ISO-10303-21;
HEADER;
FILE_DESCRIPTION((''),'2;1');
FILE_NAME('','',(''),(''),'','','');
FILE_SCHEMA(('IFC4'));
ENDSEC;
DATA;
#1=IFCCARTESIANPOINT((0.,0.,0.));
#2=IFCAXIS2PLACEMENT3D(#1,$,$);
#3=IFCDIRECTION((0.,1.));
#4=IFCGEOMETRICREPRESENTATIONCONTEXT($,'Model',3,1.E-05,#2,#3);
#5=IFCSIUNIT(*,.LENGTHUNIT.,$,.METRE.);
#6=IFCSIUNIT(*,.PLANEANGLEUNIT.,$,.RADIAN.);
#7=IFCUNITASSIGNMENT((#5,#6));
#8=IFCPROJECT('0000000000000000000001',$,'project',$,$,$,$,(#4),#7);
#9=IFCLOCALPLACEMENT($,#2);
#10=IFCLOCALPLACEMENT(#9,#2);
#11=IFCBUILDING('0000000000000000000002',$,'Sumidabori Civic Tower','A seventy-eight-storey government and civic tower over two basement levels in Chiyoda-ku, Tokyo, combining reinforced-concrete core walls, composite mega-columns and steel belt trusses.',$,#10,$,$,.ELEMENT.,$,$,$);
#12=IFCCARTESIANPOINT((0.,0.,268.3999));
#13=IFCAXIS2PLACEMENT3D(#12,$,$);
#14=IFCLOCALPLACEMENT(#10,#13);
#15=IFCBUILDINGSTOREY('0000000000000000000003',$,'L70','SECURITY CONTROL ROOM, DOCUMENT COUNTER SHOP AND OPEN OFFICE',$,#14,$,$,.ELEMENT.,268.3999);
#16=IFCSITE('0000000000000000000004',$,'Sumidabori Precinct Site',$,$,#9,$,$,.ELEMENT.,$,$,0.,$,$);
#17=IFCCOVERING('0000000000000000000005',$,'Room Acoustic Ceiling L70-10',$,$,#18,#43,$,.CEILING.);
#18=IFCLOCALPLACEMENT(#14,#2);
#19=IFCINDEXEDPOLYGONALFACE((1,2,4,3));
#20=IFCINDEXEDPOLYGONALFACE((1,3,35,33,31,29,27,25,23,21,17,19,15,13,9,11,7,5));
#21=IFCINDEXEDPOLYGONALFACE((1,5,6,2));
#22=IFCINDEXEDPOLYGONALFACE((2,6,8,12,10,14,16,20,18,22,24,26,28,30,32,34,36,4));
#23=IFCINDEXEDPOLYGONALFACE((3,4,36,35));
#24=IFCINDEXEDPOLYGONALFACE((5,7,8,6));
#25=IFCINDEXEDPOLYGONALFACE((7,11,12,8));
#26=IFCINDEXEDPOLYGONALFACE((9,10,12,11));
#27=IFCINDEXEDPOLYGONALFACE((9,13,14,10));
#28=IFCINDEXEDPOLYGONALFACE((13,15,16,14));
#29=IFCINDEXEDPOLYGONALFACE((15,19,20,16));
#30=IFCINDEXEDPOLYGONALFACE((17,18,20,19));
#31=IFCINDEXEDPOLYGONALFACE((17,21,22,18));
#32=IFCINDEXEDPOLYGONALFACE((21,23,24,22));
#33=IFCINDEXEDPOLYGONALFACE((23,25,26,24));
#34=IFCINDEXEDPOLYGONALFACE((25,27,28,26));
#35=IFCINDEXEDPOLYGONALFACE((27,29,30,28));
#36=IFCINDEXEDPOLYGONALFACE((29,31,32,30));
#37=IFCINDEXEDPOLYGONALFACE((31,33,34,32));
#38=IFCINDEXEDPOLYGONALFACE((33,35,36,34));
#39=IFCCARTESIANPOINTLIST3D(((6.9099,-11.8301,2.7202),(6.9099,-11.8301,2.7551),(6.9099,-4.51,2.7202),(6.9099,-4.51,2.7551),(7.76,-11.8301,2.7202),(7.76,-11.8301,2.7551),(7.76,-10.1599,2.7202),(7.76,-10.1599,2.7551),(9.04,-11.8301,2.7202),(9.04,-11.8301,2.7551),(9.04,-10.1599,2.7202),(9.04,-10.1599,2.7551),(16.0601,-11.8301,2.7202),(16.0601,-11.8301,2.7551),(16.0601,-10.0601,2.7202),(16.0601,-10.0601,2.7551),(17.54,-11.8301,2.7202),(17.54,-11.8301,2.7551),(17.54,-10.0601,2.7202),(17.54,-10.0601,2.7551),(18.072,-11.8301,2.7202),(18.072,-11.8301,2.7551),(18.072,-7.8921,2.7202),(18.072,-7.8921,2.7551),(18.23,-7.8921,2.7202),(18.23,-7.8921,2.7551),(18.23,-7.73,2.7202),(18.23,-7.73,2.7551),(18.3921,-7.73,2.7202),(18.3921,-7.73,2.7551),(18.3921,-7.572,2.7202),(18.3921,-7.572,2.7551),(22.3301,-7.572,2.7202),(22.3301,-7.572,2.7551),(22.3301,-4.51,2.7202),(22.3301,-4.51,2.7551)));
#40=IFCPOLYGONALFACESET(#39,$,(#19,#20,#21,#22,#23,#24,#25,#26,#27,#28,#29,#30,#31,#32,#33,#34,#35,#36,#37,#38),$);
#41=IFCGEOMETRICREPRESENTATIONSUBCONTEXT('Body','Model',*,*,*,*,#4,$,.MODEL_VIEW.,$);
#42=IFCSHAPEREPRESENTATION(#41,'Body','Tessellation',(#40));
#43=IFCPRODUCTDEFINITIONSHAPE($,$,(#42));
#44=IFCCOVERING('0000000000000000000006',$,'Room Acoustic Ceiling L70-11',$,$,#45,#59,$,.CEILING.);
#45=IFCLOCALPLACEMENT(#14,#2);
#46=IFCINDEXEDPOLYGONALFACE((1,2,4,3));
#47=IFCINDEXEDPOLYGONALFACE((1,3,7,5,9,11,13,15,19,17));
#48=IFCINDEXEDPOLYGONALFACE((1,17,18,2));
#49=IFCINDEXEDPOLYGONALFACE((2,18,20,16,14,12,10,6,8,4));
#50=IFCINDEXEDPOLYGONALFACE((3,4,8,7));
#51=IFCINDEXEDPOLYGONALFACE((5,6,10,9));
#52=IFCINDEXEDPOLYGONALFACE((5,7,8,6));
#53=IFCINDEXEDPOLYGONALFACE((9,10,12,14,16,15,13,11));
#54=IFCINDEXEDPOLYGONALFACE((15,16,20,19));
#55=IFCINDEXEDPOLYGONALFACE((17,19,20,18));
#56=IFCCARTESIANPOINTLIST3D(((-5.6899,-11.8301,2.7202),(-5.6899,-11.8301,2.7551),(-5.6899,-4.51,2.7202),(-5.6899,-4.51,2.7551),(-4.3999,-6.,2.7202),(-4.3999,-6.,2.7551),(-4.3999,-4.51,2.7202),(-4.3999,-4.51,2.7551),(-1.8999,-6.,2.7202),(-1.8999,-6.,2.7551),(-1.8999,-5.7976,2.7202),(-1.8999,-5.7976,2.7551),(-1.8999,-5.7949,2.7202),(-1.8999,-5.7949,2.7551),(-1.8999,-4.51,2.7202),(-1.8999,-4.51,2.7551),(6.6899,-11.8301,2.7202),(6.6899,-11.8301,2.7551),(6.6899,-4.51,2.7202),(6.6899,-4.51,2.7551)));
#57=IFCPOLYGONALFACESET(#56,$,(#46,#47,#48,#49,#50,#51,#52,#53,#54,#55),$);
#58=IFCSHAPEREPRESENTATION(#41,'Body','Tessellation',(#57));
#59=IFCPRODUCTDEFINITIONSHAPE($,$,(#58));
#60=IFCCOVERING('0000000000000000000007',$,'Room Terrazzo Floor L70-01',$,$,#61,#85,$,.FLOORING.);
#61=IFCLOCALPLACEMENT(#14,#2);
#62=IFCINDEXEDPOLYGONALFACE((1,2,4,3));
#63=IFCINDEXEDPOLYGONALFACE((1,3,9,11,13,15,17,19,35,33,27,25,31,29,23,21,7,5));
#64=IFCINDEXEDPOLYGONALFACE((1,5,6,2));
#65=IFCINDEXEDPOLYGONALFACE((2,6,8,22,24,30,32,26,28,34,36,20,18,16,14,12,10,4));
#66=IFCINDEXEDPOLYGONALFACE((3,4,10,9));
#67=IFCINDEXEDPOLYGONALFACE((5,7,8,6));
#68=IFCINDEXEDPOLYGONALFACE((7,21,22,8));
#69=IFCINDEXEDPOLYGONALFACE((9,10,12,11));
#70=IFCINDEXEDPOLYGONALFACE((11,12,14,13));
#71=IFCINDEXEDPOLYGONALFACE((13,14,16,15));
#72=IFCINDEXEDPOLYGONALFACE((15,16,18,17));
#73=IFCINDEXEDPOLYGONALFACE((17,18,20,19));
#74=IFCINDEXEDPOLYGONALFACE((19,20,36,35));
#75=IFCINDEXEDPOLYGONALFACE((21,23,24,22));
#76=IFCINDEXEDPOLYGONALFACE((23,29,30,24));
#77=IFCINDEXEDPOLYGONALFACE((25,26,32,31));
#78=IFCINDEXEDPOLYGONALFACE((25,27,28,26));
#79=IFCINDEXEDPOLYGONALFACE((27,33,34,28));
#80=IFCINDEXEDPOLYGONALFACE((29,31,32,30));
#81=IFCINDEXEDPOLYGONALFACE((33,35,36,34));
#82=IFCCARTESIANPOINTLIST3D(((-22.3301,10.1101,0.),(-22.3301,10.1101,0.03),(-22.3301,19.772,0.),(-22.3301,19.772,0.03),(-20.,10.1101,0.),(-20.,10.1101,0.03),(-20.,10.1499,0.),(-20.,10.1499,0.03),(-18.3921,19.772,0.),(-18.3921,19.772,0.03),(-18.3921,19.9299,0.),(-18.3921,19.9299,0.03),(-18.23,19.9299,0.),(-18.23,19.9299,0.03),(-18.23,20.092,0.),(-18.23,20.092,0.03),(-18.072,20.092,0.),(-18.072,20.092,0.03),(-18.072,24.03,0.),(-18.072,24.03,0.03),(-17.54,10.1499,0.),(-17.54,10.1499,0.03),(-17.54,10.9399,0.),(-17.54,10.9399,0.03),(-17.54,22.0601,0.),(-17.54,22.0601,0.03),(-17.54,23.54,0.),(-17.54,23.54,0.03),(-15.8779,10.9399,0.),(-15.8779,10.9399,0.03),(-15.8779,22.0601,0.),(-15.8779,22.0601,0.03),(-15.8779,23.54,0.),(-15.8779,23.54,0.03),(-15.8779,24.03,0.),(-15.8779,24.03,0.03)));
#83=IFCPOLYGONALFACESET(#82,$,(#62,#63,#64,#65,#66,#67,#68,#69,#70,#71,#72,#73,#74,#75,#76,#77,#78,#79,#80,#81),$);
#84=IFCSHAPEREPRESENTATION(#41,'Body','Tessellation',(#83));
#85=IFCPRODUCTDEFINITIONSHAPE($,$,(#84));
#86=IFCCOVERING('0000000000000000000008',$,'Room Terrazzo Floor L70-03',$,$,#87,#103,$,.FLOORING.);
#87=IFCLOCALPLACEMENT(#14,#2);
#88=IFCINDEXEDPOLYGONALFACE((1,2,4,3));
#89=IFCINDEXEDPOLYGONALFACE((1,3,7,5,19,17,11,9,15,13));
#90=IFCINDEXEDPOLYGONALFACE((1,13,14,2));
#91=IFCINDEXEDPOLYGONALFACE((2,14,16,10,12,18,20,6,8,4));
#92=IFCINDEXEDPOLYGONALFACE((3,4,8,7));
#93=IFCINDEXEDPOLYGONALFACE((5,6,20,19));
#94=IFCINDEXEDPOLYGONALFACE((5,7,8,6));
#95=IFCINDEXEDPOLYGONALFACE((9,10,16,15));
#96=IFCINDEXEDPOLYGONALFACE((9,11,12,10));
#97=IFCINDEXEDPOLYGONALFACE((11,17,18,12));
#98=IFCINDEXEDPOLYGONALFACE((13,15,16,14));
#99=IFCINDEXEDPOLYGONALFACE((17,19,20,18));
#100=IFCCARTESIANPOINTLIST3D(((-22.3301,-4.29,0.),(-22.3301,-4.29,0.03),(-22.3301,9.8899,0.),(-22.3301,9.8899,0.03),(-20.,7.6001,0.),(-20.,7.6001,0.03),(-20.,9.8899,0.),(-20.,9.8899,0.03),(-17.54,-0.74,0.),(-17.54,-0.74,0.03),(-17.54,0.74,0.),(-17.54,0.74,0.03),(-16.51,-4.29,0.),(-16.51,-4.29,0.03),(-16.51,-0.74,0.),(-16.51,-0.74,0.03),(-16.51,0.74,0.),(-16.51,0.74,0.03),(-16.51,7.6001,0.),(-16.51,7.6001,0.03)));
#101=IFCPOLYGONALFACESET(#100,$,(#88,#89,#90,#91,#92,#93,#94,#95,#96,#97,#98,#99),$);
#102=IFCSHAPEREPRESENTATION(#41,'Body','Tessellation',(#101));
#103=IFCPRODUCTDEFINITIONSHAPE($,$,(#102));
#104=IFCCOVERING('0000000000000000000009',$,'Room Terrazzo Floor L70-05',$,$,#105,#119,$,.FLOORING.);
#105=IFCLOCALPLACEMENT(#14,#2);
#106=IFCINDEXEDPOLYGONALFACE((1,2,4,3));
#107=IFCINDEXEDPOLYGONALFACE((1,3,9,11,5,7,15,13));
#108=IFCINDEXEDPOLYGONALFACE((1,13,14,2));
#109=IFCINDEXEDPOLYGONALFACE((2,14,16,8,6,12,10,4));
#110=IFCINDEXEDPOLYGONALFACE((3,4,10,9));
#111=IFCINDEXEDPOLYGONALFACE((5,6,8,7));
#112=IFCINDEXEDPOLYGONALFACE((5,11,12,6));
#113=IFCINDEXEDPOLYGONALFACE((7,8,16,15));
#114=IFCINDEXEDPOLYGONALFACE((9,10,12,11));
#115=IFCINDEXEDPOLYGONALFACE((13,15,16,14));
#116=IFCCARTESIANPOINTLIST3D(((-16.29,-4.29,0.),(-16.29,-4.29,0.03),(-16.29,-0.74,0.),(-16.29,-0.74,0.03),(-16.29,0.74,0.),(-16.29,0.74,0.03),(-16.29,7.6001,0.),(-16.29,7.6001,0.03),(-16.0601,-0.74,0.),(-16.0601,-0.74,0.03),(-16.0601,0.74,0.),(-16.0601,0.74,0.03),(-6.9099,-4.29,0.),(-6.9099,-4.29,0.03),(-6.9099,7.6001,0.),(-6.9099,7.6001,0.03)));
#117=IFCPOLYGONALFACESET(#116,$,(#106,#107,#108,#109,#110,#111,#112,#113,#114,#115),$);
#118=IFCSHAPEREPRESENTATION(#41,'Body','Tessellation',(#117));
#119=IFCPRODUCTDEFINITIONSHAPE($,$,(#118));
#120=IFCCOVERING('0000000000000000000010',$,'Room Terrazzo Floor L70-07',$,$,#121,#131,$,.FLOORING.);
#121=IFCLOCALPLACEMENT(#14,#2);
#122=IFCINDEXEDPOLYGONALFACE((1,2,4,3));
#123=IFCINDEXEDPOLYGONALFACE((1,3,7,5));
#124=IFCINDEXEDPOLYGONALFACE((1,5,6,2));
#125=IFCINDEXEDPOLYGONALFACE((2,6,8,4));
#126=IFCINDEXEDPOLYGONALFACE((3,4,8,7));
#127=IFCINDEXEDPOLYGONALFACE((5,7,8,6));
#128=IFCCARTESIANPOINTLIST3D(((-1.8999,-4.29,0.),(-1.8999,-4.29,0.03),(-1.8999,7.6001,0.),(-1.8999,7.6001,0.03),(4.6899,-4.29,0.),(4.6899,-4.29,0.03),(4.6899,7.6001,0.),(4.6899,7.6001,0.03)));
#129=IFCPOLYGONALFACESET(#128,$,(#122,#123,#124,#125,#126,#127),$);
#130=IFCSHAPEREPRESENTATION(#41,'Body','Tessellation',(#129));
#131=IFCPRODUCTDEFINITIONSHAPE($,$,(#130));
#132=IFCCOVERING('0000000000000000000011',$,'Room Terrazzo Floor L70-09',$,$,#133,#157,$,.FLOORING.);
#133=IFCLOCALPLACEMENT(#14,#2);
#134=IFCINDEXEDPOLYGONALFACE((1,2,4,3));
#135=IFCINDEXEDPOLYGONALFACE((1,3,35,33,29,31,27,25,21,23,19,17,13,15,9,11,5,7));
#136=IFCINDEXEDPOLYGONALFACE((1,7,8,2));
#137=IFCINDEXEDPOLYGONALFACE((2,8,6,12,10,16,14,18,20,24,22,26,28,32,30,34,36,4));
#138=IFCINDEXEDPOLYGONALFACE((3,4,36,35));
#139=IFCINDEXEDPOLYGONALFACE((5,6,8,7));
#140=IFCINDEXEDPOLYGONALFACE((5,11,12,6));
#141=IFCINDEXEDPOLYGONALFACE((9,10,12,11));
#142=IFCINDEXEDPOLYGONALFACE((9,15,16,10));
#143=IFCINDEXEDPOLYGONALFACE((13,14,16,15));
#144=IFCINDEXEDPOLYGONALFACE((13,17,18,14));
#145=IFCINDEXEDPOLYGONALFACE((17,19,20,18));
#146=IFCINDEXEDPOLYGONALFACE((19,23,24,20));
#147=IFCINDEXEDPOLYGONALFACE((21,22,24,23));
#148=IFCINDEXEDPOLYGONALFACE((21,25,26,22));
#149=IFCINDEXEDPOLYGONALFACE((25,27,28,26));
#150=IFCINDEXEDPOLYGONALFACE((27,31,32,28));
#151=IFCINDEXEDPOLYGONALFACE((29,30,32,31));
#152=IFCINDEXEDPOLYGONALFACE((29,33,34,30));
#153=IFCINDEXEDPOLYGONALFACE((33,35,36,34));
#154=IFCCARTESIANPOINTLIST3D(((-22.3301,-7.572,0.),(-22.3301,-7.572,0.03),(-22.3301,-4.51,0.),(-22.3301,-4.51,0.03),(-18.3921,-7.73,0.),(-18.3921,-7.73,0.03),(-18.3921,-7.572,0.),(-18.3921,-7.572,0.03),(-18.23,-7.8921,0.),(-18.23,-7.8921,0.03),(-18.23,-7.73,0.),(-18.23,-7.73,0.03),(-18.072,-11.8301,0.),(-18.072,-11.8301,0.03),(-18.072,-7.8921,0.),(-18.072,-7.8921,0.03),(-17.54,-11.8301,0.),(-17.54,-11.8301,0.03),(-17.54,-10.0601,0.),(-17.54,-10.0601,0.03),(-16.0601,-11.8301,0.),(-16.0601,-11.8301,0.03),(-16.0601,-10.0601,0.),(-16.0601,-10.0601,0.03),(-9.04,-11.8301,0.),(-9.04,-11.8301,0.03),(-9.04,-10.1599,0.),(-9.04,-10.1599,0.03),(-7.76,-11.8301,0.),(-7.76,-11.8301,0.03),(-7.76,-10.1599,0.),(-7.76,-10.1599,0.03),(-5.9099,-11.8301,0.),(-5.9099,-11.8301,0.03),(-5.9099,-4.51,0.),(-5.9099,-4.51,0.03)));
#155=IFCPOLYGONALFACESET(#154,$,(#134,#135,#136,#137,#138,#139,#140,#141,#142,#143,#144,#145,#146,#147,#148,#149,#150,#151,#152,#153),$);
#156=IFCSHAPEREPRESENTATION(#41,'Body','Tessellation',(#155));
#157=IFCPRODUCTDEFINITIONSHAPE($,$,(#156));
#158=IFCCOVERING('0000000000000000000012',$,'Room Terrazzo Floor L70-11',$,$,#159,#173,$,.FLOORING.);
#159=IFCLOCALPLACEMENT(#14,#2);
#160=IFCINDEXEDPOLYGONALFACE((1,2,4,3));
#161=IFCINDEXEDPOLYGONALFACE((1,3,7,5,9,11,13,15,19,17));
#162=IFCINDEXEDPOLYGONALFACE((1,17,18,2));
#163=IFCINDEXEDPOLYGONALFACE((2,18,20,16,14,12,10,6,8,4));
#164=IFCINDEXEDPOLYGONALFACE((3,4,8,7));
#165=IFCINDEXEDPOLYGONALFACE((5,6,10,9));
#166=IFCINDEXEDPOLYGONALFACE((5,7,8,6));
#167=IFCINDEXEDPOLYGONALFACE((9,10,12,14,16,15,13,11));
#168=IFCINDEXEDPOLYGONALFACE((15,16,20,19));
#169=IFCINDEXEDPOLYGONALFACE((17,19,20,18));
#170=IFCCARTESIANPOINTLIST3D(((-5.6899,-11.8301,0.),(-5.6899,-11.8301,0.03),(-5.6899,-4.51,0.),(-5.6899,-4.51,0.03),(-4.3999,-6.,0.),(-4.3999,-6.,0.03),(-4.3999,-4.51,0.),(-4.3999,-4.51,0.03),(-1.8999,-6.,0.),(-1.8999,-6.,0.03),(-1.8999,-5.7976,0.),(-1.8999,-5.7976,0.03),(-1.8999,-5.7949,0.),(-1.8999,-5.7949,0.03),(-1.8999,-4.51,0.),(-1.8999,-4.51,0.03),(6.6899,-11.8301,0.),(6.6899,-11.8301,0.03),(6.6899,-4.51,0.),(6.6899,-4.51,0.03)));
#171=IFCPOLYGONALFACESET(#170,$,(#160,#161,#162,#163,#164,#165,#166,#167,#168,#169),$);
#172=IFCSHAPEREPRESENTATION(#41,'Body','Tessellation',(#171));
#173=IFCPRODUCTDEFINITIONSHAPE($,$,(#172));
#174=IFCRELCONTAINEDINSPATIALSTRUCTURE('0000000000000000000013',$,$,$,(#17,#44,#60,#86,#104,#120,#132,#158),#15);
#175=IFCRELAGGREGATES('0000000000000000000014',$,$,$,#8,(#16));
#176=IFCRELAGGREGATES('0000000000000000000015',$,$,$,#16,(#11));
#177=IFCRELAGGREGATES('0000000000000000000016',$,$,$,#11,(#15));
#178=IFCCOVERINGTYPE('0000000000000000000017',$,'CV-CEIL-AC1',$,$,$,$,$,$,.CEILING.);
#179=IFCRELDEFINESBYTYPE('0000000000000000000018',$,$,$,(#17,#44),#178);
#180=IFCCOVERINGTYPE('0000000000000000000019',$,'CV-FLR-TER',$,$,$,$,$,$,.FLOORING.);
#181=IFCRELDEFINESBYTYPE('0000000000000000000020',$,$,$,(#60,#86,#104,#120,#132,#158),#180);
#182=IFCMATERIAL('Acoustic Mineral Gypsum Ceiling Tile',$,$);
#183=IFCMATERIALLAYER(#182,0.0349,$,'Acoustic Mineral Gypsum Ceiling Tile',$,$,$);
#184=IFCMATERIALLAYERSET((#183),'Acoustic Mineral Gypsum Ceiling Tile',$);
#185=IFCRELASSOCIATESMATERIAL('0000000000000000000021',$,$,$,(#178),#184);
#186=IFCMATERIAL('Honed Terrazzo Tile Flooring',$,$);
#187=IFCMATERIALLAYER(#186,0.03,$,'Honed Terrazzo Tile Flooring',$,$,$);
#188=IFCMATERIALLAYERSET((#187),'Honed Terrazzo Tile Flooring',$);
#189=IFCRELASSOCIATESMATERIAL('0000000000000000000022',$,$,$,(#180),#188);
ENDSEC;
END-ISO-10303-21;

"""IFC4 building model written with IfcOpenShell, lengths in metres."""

from ifc_helpers import new_model, si_unit, direction, frame, origin, place, context, subcontext, project, spatial, polyline, outline, extrude, material, layer, layer_set, type_object, element, save


model = new_model("IFC4")

# Units and contexts
model_context = context("Model", 3, precision=1e-05, world=origin(), true_north=direction((0.0, 1.0)))
body_context = subcontext(model_context, "Body", "Model", "MODEL_VIEW")
ifc_project = project(units=[si_unit("LENGTHUNIT", "METRE"), si_unit("PLANEANGLEUNIT", "RADIAN")], contexts=[model_context])

# Site, building, storey
site_placement = place(None, origin())
site = spatial("IfcSite", under=ifc_project, at=site_placement, Name="Sumidabori Precinct Site", CompositionType="ELEMENT", RefElevation=0.0)
building_placement = place(site_placement, origin())
building = spatial("IfcBuilding", under=site, at=building_placement, Name="Sumidabori Civic Tower", Description="A seventy-eight-storey government and civic tower over two basement levels in Chiyoda-ku, Tokyo, combining reinforced-concrete core walls, composite mega-columns and steel belt trusses.", CompositionType="ELEMENT")
storey_placement = place(building_placement, frame((0.0, 0.0, 268.3999)))
storey = spatial("IfcBuildingStorey", under=building, at=storey_placement, Name="L70", Description="SECURITY CONTROL ROOM, DOCUMENT COUNTER SHOP AND OPEN OFFICE", CompositionType="ELEMENT", Elevation=268.3999)

# Coverings
ifc_material_1 = material(Name="Acoustic Mineral Gypsum Ceiling Tile")
ifc_layer_1 = layer(ifc_material_1, 0.0349, Name="Acoustic Mineral Gypsum Ceiling Tile")
ifc_layer_set_1 = layer_set([ifc_layer_1], Name="Acoustic Mineral Gypsum Ceiling Tile")
covering_type_1 = type_object("IfcCoveringType", Name="CV-CEIL-AC1", PredefinedType="CEILING", material=ifc_layer_set_1)
covering_1_placement = place(storey_placement, frame((0.0, 0.0, 2.7202)))
element("IfcCovering", 1, at=covering_1_placement, inside=storey, type_object=covering_type_1, Name="Room Acoustic Ceiling L70-10", PredefinedType="CEILING", context=body_context, shape_type="SweptSolid", body=[
    extrude(outline(polyline([(22.3301, -4.51), (22.3301, -7.572), (18.3921, -7.572), (18.3921, -7.73), (18.23, -7.73), (18.23, -7.8921), (18.072, -7.8921), (18.072, -11.8301), (17.54, -11.8301), (17.54, -10.0601), (16.0601, -10.0601), (16.0601, -11.8301), (9.04, -11.8301), (9.04, -10.1599), (7.76, -10.1599), (7.76, -11.8301), (6.9099, -11.8301), (6.9099, -4.51), (22.3301, -4.51)])), origin(), (0.0, 0.0, 1.0), 0.0349),
])
covering_2_placement = place(storey_placement, frame((0.0, 0.0, 2.7202)))
element("IfcCovering", 2, at=covering_2_placement, inside=storey, type_object=covering_type_1, Name="Room Acoustic Ceiling L70-11", PredefinedType="CEILING", context=body_context, shape_type="SweptSolid", body=[
    extrude(outline(polyline([(-4.3999, -6.0), (-1.8999, -6.0), (-1.8999, -5.7976), (-1.8999, -5.7949), (-1.8999, -4.51), (6.6899, -4.51), (6.6899, -11.8301), (-5.6899, -11.8301), (-5.6899, -4.51), (-4.3999, -4.51), (-4.3999, -6.0)])), origin(), (0.0, 0.0, 1.0), 0.0349),
])
ifc_material_2 = material(Name="Honed Terrazzo Tile Flooring")
ifc_layer_2 = layer(ifc_material_2, 0.03, Name="Honed Terrazzo Tile Flooring")
ifc_layer_set_2 = layer_set([ifc_layer_2], Name="Honed Terrazzo Tile Flooring")
covering_type_2 = type_object("IfcCoveringType", Name="CV-FLR-TER", PredefinedType="FLOORING", material=ifc_layer_set_2)
covering_3_placement = place(storey_placement, origin())
element("IfcCovering", 3, at=covering_3_placement, inside=storey, type_object=covering_type_2, Name="Room Terrazzo Floor L70-01", PredefinedType="FLOORING", context=body_context, shape_type="SweptSolid", body=[
    extrude(outline(polyline([(-22.3301, 10.1101), (-22.3301, 19.772), (-18.3921, 19.772), (-18.3921, 19.9299), (-18.23, 19.9299), (-18.23, 20.092), (-18.072, 20.092), (-18.072, 24.03), (-15.8779, 24.03), (-15.8779, 23.54), (-17.54, 23.54), (-17.54, 22.0601), (-15.8779, 22.0601), (-15.8779, 10.9399), (-17.54, 10.9399), (-17.54, 10.1499), (-20.0, 10.1499), (-20.0, 10.1101), (-22.3301, 10.1101)])), origin(), (0.0, 0.0, 1.0), 0.03),
])
covering_4_placement = place(storey_placement, origin())
element("IfcCovering", 4, at=covering_4_placement, inside=storey, type_object=covering_type_2, Name="Room Terrazzo Floor L70-03", PredefinedType="FLOORING", context=body_context, shape_type="SweptSolid", body=[
    extrude(outline(polyline([(-20.0, 7.6001), (-16.51, 7.6001), (-16.51, 0.74), (-17.54, 0.74), (-17.54, -0.74), (-16.51, -0.74), (-16.51, -4.29), (-22.3301, -4.29), (-22.3301, 9.8899), (-20.0, 9.8899), (-20.0, 7.6001)])), origin(), (0.0, 0.0, 1.0), 0.03),
])
covering_5_placement = place(storey_placement, origin())
element("IfcCovering", 5, at=covering_5_placement, inside=storey, type_object=covering_type_2, Name="Room Terrazzo Floor L70-05", PredefinedType="FLOORING", context=body_context, shape_type="SweptSolid", body=[
    extrude(outline(polyline([(-16.29, -0.74), (-16.0601, -0.74), (-16.0601, 0.74), (-16.29, 0.74), (-16.29, 7.6001), (-6.9099, 7.6001), (-6.9099, -4.29), (-16.29, -4.29), (-16.29, -0.74)])), origin(), (0.0, 0.0, 1.0), 0.03),
])
covering_6_placement = place(storey_placement, origin())
element("IfcCovering", 6, at=covering_6_placement, inside=storey, type_object=covering_type_2, Name="Room Terrazzo Floor L70-07", PredefinedType="FLOORING", context=body_context, shape_type="SweptSolid", body=[
    extrude(outline(polyline([(-1.8999, 7.6001), (4.6899, 7.6001), (4.6899, -4.29), (-1.8999, -4.29), (-1.8999, 7.6001)])), origin(), (0.0, 0.0, 1.0), 0.03),
])
covering_7_placement = place(storey_placement, origin())
element("IfcCovering", 7, at=covering_7_placement, inside=storey, type_object=covering_type_2, Name="Room Terrazzo Floor L70-09", PredefinedType="FLOORING", context=body_context, shape_type="SweptSolid", body=[
    extrude(outline(polyline([(-22.3301, -7.572), (-22.3301, -4.51), (-5.9099, -4.51), (-5.9099, -11.8301), (-7.76, -11.8301), (-7.76, -10.1599), (-9.04, -10.1599), (-9.04, -11.8301), (-16.0601, -11.8301), (-16.0601, -10.0601), (-17.54, -10.0601), (-17.54, -11.8301), (-18.072, -11.8301), (-18.072, -7.8921), (-18.23, -7.8921), (-18.23, -7.73), (-18.3921, -7.73), (-18.3921, -7.572), (-22.3301, -7.572)])), origin(), (0.0, 0.0, 1.0), 0.03),
])
covering_8_placement = place(storey_placement, origin())
element("IfcCovering", 8, at=covering_8_placement, inside=storey, type_object=covering_type_2, Name="Room Terrazzo Floor L70-11", PredefinedType="FLOORING", context=body_context, shape_type="SweptSolid", body=[
    extrude(outline(polyline([(-4.3999, -6.0), (-1.8999, -6.0), (-1.8999, -5.7976), (-1.8999, -5.7949), (-1.8999, -4.51), (6.6899, -4.51), (6.6899, -11.8301), (-5.6899, -11.8301), (-5.6899, -4.51), (-4.3999, -4.51), (-4.3999, -6.0)])), origin(), (0.0, 0.0, 1.0), 0.03),
])

save(model, "model.ifc")
